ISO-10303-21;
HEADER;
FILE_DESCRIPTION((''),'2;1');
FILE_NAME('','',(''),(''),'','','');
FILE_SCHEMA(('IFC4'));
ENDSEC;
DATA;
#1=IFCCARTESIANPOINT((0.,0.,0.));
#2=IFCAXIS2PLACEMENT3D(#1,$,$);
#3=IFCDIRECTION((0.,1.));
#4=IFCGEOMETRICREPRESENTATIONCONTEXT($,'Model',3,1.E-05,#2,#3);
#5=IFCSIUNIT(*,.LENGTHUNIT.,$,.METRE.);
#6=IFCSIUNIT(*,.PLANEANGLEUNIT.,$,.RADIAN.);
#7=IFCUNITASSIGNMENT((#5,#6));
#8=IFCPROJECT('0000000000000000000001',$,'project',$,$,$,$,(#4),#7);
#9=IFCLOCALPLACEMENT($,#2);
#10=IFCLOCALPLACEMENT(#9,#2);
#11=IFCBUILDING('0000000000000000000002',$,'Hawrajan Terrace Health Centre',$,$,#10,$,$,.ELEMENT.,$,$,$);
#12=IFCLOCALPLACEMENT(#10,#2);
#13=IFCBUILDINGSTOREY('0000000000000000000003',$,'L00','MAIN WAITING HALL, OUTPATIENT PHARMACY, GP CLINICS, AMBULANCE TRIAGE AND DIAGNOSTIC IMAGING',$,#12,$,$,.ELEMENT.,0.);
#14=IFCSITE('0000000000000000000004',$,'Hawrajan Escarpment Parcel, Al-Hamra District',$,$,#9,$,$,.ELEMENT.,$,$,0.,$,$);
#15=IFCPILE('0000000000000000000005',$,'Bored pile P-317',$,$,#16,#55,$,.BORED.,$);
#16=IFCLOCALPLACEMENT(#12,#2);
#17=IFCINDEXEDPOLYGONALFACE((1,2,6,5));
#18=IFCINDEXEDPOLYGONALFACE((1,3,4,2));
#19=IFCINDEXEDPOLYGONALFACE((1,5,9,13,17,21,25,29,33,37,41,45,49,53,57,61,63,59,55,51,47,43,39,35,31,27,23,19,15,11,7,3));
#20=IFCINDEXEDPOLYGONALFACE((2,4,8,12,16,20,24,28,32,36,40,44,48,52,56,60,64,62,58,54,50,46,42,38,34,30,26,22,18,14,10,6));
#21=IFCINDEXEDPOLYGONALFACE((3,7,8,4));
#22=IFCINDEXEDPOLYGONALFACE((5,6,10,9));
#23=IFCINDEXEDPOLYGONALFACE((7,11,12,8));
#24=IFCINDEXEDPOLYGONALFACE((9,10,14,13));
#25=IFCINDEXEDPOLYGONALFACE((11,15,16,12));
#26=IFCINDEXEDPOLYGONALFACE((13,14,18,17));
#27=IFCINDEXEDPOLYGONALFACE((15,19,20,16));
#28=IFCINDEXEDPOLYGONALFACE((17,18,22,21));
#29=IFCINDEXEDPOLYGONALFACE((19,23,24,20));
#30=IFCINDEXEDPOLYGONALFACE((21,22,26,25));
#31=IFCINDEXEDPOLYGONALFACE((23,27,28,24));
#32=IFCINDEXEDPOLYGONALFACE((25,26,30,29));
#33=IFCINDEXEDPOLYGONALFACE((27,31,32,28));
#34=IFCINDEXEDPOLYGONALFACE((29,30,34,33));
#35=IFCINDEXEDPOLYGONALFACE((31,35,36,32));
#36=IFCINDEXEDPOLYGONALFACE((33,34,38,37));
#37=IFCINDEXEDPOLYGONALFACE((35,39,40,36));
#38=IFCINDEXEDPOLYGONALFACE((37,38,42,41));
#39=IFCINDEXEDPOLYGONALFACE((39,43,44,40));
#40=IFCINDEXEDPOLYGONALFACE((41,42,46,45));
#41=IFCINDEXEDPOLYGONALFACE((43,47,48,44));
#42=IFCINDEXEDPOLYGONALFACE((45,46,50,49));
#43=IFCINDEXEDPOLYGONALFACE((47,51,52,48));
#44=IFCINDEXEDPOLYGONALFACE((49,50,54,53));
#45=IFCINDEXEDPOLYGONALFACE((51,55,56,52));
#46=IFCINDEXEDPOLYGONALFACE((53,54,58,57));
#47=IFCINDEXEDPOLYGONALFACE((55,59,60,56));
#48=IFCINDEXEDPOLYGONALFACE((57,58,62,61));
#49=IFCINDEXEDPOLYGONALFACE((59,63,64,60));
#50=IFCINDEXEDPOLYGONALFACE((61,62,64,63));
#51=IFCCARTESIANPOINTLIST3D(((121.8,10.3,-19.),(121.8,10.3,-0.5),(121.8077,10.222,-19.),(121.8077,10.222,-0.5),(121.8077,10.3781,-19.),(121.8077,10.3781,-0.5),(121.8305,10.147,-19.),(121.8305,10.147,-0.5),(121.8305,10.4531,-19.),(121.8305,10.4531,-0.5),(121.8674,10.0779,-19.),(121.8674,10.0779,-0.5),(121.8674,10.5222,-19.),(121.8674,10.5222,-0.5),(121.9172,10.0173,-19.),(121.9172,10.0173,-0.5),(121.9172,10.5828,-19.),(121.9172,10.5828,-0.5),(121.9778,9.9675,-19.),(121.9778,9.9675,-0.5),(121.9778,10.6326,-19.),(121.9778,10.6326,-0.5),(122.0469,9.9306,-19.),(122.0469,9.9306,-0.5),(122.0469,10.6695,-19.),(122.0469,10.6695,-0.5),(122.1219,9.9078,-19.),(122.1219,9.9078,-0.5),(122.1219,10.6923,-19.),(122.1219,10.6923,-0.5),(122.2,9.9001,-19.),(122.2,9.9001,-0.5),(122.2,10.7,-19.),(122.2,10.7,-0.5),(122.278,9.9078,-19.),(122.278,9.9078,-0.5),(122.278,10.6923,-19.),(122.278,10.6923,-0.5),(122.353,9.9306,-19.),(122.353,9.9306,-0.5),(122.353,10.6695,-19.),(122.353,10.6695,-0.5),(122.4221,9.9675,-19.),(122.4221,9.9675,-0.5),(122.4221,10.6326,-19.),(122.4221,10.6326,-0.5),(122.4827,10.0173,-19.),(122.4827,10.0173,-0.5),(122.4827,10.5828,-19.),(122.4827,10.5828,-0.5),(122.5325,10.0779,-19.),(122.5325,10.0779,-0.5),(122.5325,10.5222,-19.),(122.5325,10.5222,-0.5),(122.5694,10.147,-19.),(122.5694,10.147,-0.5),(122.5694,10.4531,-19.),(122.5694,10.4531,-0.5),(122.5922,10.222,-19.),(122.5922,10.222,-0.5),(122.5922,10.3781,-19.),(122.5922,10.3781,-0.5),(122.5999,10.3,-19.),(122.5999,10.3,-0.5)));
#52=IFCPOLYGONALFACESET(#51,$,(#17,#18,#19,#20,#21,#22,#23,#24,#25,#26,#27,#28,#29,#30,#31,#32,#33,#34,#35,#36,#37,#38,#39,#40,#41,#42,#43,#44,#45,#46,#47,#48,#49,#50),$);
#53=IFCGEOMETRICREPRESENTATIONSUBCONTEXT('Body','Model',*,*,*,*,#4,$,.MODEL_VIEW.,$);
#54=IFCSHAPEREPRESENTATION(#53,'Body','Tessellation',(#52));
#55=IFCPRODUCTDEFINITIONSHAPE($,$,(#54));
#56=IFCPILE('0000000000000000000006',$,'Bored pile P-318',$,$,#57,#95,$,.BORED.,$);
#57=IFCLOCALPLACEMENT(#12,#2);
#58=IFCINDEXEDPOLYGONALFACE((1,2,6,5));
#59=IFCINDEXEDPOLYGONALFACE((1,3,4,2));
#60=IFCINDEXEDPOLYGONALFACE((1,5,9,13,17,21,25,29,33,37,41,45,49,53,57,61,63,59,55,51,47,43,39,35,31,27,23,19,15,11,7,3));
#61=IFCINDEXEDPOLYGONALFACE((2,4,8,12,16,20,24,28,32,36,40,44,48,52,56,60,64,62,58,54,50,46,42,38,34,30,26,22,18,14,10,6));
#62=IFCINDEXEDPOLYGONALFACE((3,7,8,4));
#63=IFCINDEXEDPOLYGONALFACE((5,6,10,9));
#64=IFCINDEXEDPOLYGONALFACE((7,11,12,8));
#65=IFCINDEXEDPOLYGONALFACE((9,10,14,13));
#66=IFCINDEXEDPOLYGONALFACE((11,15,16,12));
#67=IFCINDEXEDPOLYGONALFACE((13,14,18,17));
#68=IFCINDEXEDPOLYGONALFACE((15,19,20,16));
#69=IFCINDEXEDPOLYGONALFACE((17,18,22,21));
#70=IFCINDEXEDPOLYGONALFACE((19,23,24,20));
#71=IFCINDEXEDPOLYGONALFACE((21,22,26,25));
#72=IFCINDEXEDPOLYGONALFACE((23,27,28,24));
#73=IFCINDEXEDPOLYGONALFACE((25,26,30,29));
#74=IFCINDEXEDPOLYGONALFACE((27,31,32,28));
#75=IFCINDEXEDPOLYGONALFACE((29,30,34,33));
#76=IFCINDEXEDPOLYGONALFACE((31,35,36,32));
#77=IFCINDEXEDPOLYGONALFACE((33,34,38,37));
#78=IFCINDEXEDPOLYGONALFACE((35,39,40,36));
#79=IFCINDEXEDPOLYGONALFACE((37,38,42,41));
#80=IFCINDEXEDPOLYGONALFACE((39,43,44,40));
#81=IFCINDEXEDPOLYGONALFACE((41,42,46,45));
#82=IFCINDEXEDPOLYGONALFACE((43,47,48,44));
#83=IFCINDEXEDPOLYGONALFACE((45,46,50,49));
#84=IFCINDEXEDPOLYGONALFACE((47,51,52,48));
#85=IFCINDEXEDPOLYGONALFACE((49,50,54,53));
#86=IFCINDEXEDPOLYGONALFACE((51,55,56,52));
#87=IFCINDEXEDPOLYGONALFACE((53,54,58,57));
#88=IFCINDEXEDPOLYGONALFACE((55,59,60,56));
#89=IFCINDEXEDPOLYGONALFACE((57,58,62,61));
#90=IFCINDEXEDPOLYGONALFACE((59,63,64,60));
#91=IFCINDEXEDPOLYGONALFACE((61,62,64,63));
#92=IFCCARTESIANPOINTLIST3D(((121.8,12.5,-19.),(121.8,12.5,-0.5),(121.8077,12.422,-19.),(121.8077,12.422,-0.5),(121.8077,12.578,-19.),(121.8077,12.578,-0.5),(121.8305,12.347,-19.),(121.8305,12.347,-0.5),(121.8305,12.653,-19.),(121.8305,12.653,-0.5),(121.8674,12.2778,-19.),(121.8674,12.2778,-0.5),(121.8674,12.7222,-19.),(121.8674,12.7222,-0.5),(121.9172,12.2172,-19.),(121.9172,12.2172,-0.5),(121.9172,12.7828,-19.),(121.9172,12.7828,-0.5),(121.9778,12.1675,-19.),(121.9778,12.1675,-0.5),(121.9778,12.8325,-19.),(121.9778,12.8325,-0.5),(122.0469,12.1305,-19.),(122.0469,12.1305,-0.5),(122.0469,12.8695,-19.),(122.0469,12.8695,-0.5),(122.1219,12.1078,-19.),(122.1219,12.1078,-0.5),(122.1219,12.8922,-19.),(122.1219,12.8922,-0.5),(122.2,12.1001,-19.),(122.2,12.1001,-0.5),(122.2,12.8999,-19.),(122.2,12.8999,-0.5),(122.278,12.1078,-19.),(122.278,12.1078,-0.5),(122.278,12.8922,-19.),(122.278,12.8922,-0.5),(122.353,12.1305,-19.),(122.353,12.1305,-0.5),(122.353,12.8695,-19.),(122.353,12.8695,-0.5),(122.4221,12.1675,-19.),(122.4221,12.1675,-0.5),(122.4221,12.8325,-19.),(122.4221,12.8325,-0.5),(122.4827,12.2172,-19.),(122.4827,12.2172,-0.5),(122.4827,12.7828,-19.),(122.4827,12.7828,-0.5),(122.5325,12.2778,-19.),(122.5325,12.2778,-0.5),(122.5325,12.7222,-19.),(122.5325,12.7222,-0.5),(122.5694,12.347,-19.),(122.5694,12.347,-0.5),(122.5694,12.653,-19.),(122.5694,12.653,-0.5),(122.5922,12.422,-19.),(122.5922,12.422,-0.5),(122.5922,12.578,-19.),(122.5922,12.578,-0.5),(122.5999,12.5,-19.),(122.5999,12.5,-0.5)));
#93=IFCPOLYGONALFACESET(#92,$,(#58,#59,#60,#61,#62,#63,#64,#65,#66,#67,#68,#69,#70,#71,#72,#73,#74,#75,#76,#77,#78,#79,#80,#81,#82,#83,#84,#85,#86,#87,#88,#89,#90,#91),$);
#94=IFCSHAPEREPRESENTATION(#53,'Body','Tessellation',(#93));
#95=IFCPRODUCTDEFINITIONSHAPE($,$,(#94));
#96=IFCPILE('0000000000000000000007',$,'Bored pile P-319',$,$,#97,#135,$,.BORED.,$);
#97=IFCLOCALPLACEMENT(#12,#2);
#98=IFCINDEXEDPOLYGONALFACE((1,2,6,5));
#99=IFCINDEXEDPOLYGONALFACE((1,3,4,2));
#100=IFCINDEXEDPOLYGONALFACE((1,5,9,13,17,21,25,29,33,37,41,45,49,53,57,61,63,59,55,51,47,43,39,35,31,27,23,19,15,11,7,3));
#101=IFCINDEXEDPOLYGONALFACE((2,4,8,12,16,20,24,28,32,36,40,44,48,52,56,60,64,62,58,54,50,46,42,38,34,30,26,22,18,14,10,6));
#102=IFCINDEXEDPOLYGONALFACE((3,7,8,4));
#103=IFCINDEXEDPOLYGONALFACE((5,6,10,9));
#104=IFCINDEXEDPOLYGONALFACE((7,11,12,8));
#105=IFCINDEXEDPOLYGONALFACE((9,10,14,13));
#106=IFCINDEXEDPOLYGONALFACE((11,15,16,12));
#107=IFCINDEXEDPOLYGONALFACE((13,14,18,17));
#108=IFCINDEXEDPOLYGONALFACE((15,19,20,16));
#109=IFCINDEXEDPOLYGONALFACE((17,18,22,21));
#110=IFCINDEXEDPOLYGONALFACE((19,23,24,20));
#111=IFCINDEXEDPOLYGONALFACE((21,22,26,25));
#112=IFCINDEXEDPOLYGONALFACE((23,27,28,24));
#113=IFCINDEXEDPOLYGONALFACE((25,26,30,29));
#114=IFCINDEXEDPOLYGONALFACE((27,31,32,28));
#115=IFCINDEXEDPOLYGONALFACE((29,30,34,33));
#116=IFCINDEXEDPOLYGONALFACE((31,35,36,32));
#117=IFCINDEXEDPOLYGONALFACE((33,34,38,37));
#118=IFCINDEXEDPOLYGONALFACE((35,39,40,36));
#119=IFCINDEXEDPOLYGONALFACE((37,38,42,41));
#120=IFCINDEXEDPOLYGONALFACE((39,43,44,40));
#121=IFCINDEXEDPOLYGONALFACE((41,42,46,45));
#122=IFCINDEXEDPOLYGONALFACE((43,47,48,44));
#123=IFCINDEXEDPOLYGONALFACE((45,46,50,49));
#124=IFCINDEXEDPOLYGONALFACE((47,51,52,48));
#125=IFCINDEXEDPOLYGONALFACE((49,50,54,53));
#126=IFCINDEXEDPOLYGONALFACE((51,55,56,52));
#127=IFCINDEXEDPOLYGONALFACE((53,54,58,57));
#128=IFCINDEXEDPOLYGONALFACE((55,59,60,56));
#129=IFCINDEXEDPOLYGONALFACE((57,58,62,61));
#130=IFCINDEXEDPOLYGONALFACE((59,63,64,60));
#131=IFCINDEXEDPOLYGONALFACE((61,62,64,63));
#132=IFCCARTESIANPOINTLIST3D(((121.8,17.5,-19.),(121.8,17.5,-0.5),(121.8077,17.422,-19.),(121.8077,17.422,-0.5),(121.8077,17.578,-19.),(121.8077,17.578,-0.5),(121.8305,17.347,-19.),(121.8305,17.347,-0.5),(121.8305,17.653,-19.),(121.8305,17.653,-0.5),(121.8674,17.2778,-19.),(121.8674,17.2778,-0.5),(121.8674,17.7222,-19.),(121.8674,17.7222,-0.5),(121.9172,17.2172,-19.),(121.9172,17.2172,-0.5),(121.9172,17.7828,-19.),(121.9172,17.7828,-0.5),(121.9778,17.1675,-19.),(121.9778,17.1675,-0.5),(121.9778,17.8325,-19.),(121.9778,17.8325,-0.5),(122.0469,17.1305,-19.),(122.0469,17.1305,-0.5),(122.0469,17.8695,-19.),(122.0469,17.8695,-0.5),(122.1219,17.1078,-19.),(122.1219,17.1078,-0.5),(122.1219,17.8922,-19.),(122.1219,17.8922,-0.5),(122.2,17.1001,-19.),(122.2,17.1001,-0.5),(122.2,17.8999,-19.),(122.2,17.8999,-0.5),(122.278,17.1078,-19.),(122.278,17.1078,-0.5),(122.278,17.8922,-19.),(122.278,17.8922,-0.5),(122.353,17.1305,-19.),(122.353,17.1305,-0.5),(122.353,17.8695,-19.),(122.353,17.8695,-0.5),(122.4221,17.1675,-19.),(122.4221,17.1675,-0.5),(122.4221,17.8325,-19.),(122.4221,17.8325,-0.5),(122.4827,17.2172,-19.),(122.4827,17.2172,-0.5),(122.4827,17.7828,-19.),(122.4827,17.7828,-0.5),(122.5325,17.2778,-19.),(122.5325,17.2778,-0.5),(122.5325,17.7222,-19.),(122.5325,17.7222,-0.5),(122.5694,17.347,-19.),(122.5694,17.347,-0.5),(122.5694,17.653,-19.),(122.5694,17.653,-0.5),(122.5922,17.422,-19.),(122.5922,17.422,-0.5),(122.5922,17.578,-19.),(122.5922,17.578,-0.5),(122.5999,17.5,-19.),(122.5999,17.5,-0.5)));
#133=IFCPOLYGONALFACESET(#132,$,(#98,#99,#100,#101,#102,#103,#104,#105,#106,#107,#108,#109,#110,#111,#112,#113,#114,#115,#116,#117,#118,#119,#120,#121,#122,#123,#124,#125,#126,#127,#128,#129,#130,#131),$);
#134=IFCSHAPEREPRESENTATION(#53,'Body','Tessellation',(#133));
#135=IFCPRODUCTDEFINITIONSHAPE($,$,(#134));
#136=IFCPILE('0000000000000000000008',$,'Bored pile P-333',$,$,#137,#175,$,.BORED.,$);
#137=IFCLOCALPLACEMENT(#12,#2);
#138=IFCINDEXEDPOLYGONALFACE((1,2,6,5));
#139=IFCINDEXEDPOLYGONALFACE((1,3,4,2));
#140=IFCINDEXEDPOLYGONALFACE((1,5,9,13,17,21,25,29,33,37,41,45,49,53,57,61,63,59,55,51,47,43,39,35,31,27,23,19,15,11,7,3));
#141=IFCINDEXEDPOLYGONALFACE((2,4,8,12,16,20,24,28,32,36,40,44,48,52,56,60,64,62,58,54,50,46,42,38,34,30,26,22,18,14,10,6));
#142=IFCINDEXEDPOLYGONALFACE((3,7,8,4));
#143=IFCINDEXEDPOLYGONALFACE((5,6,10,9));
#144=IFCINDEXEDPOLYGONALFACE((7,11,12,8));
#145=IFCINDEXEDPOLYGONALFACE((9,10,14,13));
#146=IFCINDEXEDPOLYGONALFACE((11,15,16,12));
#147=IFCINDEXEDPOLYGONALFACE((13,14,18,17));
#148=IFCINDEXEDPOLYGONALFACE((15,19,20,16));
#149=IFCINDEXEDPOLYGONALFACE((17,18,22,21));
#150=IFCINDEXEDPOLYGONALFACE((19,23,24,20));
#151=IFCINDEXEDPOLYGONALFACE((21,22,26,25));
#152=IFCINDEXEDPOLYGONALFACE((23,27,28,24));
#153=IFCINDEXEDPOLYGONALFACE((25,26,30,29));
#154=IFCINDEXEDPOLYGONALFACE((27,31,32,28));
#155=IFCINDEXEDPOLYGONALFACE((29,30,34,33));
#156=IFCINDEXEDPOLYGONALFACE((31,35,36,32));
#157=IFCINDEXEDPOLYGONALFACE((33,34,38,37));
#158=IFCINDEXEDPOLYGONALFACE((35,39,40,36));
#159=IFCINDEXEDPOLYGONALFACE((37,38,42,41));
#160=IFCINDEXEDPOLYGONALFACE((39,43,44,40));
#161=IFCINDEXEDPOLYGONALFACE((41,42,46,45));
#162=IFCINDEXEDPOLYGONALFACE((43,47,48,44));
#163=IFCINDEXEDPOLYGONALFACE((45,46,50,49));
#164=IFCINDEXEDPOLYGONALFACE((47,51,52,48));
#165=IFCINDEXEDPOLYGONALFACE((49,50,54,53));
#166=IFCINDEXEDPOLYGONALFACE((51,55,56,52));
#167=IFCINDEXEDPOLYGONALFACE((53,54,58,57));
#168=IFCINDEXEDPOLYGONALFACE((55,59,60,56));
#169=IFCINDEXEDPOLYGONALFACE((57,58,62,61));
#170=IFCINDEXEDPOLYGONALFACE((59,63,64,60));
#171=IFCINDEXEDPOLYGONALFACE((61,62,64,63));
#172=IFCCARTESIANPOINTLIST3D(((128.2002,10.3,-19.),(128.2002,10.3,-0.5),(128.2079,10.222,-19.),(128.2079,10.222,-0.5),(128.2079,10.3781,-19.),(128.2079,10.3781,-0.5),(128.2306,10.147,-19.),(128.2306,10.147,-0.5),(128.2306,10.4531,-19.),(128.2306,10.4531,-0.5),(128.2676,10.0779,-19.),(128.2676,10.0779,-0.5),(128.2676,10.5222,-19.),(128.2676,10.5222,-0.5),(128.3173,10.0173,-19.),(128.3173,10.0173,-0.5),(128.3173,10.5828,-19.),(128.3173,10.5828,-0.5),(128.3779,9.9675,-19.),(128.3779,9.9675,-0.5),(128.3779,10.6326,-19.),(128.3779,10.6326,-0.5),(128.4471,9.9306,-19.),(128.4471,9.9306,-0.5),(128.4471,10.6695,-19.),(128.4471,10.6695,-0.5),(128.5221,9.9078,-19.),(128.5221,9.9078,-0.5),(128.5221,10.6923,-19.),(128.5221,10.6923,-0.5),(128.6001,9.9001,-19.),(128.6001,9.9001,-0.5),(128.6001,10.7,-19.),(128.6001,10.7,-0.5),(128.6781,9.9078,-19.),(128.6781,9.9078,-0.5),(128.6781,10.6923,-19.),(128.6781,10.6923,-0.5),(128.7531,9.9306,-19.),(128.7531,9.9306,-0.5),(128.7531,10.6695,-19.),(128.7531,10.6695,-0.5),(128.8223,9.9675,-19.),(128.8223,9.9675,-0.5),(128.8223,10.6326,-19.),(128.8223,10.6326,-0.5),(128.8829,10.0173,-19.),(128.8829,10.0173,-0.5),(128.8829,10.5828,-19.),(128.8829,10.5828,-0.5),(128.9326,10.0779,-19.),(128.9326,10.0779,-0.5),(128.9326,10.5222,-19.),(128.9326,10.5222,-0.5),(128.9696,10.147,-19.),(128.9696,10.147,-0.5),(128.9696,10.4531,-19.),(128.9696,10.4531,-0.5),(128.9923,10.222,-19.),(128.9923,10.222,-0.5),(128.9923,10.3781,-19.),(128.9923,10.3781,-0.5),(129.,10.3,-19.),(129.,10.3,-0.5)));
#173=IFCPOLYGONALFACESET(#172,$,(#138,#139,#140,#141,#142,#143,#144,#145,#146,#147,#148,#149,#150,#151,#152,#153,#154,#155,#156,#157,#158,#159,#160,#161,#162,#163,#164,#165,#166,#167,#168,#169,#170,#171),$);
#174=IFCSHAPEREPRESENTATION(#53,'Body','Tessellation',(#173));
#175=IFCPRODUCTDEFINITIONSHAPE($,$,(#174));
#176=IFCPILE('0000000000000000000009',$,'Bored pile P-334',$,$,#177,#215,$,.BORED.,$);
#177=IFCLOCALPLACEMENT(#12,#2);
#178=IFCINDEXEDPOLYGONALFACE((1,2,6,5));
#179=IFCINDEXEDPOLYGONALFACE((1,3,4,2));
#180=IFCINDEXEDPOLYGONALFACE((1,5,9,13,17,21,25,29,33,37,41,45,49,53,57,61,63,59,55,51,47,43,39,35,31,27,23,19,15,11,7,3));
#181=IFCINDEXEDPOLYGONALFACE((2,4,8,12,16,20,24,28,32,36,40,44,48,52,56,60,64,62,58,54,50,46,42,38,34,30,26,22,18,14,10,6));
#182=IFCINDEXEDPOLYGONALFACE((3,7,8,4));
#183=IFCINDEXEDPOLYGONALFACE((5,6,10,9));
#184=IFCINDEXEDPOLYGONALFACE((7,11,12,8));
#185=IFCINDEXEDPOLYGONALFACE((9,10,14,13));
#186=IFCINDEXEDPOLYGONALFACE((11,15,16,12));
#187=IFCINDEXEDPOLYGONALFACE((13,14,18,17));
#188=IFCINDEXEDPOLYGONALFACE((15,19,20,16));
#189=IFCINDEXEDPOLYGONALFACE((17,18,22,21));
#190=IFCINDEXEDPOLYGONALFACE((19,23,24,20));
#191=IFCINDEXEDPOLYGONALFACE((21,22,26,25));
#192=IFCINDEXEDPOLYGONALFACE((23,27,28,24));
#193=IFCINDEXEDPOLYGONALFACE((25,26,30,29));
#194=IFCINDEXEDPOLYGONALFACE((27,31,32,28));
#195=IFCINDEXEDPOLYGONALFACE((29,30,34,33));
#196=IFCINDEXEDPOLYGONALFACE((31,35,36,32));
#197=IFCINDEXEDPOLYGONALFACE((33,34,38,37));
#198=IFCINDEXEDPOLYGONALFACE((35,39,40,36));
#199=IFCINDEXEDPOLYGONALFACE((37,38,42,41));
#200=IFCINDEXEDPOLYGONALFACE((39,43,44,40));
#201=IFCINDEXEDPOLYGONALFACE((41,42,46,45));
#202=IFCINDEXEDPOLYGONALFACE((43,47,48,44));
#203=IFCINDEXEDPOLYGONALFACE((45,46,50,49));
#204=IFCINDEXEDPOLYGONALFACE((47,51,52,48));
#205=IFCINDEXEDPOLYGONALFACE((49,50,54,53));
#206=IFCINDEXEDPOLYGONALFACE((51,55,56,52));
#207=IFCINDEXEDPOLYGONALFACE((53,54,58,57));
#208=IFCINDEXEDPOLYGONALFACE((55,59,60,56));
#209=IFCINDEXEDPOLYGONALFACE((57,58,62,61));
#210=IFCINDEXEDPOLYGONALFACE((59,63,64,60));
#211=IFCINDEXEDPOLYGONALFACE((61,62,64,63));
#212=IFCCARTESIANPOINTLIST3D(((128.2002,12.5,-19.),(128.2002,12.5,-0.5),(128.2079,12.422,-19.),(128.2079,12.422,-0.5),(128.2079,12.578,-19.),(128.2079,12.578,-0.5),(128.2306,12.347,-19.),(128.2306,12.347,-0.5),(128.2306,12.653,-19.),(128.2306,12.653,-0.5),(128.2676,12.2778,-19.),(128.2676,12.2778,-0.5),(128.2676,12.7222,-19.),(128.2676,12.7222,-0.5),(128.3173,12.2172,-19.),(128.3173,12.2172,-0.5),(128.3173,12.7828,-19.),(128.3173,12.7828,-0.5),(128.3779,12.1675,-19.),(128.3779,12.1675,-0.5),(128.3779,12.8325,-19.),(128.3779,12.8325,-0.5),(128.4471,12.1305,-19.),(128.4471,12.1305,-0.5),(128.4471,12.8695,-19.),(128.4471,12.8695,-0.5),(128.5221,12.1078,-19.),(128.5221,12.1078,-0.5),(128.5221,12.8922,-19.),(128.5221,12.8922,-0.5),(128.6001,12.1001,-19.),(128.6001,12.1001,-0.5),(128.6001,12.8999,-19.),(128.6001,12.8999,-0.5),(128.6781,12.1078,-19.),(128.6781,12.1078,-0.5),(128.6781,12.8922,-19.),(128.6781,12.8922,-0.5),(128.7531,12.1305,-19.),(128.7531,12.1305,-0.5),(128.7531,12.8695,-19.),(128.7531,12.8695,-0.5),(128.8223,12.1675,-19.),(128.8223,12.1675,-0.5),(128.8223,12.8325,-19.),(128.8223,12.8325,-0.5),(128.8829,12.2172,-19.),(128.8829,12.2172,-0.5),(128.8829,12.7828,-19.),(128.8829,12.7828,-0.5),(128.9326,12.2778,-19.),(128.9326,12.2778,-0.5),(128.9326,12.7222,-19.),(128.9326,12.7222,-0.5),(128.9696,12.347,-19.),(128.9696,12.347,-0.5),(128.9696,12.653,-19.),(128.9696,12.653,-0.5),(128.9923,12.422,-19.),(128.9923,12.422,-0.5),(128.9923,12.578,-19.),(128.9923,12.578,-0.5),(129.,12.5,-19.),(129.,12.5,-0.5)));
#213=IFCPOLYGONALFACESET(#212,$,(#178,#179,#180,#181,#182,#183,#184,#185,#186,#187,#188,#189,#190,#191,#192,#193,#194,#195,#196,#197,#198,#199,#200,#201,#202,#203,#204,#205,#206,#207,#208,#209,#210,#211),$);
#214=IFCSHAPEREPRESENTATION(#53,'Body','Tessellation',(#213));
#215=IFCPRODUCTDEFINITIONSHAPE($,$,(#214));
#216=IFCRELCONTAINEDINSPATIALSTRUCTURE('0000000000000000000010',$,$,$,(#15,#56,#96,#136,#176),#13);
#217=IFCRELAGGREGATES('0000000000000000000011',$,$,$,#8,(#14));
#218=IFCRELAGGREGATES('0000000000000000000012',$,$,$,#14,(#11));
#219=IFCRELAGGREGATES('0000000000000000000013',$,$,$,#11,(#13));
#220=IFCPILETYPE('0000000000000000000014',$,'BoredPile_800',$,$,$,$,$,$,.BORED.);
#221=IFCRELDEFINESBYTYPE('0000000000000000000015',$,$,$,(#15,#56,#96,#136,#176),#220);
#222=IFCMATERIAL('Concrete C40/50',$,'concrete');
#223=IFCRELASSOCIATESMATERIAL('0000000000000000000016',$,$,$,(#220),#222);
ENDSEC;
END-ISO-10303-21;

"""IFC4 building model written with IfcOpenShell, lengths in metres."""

from ifc_helpers import new_model, si_unit, direction, frame, origin, origin_2d, place, context, subcontext, project, spatial, circle, extrude, material, material_profile, profile_set, type_object, element, save


model = new_model("IFC4")

# Units and contexts
model_context = context("Model", 3, precision=1e-05, world=origin(), true_north=direction((0.0, 1.0)))
body_context = subcontext(model_context, "Body", "Model", "MODEL_VIEW")
ifc_project = project(units=[si_unit("LENGTHUNIT", "METRE"), si_unit("PLANEANGLEUNIT", "RADIAN")], contexts=[model_context])

# Site, building, storey
site_placement = place(None, origin())
site = spatial("IfcSite", under=ifc_project, at=site_placement, Name="Hawrajan Escarpment Parcel, Al-Hamra District", CompositionType="ELEMENT", RefElevation=0.0)
building_placement = place(site_placement, origin())
building = spatial("IfcBuilding", under=site, at=building_placement, Name="Hawrajan Terrace Health Centre", CompositionType="ELEMENT")
storey_placement = place(building_placement, origin())
storey = spatial("IfcBuildingStorey", under=building, at=storey_placement, Name="L00", Description="MAIN WAITING HALL, OUTPATIENT PHARMACY, GP CLINICS, AMBULANCE TRIAGE AND DIAGNOSTIC IMAGING", CompositionType="ELEMENT", Elevation=0.0)

# Piles
ifc_material_1 = material(Name="Concrete C40/50", Category="concrete")
ifc_material_profile_1 = material_profile(ifc_material_1, circle(Radius=0.3999, at=origin_2d()), Name="BP 800")
ifc_profile_set_1 = profile_set([ifc_material_profile_1], Name="Concrete C40/50")
pile_type = type_object("IfcPileType", Name="BoredPile_800", PredefinedType="BORED", material=ifc_profile_set_1)
for number, where, z_axis, x_axis, name in (
    (1, (122.2, 10.3, -0.5), (0.0, 0.0, -1.0), (1.0, 0.0, 0.0), "Bored pile P-317"),
    (2, (122.2, 12.5, -0.5), (0.0, 0.0, -1.0), (1.0, 0.0, 0.0), "Bored pile P-318"),
    (3, (122.2, 17.5, -0.5), (0.0, 0.0, -1.0), (1.0, 0.0, 0.0), "Bored pile P-319"),
    (4, (128.6001, 10.3, -0.5), (0.0, 0.0, -1.0), (1.0, 0.0, 0.0), "Bored pile P-333"),
    (5, (128.6001, 12.5, -0.5), (0.0, 0.0, -1.0), (1.0, 0.0, 0.0), "Bored pile P-334"),
):
    element("IfcPile", number, at=place(storey_placement, frame(where, z_axis=z_axis, x_axis=x_axis)), inside=storey, type_object=pile_type, Name=name, PredefinedType="BORED", context=body_context, shape_type="SweptSolid", body=[
        extrude(circle(Radius=0.3999, at=origin_2d()), origin(), (0.0, 0.0, 1.0), 18.5),
    ])

save(model, "model.ifc")
